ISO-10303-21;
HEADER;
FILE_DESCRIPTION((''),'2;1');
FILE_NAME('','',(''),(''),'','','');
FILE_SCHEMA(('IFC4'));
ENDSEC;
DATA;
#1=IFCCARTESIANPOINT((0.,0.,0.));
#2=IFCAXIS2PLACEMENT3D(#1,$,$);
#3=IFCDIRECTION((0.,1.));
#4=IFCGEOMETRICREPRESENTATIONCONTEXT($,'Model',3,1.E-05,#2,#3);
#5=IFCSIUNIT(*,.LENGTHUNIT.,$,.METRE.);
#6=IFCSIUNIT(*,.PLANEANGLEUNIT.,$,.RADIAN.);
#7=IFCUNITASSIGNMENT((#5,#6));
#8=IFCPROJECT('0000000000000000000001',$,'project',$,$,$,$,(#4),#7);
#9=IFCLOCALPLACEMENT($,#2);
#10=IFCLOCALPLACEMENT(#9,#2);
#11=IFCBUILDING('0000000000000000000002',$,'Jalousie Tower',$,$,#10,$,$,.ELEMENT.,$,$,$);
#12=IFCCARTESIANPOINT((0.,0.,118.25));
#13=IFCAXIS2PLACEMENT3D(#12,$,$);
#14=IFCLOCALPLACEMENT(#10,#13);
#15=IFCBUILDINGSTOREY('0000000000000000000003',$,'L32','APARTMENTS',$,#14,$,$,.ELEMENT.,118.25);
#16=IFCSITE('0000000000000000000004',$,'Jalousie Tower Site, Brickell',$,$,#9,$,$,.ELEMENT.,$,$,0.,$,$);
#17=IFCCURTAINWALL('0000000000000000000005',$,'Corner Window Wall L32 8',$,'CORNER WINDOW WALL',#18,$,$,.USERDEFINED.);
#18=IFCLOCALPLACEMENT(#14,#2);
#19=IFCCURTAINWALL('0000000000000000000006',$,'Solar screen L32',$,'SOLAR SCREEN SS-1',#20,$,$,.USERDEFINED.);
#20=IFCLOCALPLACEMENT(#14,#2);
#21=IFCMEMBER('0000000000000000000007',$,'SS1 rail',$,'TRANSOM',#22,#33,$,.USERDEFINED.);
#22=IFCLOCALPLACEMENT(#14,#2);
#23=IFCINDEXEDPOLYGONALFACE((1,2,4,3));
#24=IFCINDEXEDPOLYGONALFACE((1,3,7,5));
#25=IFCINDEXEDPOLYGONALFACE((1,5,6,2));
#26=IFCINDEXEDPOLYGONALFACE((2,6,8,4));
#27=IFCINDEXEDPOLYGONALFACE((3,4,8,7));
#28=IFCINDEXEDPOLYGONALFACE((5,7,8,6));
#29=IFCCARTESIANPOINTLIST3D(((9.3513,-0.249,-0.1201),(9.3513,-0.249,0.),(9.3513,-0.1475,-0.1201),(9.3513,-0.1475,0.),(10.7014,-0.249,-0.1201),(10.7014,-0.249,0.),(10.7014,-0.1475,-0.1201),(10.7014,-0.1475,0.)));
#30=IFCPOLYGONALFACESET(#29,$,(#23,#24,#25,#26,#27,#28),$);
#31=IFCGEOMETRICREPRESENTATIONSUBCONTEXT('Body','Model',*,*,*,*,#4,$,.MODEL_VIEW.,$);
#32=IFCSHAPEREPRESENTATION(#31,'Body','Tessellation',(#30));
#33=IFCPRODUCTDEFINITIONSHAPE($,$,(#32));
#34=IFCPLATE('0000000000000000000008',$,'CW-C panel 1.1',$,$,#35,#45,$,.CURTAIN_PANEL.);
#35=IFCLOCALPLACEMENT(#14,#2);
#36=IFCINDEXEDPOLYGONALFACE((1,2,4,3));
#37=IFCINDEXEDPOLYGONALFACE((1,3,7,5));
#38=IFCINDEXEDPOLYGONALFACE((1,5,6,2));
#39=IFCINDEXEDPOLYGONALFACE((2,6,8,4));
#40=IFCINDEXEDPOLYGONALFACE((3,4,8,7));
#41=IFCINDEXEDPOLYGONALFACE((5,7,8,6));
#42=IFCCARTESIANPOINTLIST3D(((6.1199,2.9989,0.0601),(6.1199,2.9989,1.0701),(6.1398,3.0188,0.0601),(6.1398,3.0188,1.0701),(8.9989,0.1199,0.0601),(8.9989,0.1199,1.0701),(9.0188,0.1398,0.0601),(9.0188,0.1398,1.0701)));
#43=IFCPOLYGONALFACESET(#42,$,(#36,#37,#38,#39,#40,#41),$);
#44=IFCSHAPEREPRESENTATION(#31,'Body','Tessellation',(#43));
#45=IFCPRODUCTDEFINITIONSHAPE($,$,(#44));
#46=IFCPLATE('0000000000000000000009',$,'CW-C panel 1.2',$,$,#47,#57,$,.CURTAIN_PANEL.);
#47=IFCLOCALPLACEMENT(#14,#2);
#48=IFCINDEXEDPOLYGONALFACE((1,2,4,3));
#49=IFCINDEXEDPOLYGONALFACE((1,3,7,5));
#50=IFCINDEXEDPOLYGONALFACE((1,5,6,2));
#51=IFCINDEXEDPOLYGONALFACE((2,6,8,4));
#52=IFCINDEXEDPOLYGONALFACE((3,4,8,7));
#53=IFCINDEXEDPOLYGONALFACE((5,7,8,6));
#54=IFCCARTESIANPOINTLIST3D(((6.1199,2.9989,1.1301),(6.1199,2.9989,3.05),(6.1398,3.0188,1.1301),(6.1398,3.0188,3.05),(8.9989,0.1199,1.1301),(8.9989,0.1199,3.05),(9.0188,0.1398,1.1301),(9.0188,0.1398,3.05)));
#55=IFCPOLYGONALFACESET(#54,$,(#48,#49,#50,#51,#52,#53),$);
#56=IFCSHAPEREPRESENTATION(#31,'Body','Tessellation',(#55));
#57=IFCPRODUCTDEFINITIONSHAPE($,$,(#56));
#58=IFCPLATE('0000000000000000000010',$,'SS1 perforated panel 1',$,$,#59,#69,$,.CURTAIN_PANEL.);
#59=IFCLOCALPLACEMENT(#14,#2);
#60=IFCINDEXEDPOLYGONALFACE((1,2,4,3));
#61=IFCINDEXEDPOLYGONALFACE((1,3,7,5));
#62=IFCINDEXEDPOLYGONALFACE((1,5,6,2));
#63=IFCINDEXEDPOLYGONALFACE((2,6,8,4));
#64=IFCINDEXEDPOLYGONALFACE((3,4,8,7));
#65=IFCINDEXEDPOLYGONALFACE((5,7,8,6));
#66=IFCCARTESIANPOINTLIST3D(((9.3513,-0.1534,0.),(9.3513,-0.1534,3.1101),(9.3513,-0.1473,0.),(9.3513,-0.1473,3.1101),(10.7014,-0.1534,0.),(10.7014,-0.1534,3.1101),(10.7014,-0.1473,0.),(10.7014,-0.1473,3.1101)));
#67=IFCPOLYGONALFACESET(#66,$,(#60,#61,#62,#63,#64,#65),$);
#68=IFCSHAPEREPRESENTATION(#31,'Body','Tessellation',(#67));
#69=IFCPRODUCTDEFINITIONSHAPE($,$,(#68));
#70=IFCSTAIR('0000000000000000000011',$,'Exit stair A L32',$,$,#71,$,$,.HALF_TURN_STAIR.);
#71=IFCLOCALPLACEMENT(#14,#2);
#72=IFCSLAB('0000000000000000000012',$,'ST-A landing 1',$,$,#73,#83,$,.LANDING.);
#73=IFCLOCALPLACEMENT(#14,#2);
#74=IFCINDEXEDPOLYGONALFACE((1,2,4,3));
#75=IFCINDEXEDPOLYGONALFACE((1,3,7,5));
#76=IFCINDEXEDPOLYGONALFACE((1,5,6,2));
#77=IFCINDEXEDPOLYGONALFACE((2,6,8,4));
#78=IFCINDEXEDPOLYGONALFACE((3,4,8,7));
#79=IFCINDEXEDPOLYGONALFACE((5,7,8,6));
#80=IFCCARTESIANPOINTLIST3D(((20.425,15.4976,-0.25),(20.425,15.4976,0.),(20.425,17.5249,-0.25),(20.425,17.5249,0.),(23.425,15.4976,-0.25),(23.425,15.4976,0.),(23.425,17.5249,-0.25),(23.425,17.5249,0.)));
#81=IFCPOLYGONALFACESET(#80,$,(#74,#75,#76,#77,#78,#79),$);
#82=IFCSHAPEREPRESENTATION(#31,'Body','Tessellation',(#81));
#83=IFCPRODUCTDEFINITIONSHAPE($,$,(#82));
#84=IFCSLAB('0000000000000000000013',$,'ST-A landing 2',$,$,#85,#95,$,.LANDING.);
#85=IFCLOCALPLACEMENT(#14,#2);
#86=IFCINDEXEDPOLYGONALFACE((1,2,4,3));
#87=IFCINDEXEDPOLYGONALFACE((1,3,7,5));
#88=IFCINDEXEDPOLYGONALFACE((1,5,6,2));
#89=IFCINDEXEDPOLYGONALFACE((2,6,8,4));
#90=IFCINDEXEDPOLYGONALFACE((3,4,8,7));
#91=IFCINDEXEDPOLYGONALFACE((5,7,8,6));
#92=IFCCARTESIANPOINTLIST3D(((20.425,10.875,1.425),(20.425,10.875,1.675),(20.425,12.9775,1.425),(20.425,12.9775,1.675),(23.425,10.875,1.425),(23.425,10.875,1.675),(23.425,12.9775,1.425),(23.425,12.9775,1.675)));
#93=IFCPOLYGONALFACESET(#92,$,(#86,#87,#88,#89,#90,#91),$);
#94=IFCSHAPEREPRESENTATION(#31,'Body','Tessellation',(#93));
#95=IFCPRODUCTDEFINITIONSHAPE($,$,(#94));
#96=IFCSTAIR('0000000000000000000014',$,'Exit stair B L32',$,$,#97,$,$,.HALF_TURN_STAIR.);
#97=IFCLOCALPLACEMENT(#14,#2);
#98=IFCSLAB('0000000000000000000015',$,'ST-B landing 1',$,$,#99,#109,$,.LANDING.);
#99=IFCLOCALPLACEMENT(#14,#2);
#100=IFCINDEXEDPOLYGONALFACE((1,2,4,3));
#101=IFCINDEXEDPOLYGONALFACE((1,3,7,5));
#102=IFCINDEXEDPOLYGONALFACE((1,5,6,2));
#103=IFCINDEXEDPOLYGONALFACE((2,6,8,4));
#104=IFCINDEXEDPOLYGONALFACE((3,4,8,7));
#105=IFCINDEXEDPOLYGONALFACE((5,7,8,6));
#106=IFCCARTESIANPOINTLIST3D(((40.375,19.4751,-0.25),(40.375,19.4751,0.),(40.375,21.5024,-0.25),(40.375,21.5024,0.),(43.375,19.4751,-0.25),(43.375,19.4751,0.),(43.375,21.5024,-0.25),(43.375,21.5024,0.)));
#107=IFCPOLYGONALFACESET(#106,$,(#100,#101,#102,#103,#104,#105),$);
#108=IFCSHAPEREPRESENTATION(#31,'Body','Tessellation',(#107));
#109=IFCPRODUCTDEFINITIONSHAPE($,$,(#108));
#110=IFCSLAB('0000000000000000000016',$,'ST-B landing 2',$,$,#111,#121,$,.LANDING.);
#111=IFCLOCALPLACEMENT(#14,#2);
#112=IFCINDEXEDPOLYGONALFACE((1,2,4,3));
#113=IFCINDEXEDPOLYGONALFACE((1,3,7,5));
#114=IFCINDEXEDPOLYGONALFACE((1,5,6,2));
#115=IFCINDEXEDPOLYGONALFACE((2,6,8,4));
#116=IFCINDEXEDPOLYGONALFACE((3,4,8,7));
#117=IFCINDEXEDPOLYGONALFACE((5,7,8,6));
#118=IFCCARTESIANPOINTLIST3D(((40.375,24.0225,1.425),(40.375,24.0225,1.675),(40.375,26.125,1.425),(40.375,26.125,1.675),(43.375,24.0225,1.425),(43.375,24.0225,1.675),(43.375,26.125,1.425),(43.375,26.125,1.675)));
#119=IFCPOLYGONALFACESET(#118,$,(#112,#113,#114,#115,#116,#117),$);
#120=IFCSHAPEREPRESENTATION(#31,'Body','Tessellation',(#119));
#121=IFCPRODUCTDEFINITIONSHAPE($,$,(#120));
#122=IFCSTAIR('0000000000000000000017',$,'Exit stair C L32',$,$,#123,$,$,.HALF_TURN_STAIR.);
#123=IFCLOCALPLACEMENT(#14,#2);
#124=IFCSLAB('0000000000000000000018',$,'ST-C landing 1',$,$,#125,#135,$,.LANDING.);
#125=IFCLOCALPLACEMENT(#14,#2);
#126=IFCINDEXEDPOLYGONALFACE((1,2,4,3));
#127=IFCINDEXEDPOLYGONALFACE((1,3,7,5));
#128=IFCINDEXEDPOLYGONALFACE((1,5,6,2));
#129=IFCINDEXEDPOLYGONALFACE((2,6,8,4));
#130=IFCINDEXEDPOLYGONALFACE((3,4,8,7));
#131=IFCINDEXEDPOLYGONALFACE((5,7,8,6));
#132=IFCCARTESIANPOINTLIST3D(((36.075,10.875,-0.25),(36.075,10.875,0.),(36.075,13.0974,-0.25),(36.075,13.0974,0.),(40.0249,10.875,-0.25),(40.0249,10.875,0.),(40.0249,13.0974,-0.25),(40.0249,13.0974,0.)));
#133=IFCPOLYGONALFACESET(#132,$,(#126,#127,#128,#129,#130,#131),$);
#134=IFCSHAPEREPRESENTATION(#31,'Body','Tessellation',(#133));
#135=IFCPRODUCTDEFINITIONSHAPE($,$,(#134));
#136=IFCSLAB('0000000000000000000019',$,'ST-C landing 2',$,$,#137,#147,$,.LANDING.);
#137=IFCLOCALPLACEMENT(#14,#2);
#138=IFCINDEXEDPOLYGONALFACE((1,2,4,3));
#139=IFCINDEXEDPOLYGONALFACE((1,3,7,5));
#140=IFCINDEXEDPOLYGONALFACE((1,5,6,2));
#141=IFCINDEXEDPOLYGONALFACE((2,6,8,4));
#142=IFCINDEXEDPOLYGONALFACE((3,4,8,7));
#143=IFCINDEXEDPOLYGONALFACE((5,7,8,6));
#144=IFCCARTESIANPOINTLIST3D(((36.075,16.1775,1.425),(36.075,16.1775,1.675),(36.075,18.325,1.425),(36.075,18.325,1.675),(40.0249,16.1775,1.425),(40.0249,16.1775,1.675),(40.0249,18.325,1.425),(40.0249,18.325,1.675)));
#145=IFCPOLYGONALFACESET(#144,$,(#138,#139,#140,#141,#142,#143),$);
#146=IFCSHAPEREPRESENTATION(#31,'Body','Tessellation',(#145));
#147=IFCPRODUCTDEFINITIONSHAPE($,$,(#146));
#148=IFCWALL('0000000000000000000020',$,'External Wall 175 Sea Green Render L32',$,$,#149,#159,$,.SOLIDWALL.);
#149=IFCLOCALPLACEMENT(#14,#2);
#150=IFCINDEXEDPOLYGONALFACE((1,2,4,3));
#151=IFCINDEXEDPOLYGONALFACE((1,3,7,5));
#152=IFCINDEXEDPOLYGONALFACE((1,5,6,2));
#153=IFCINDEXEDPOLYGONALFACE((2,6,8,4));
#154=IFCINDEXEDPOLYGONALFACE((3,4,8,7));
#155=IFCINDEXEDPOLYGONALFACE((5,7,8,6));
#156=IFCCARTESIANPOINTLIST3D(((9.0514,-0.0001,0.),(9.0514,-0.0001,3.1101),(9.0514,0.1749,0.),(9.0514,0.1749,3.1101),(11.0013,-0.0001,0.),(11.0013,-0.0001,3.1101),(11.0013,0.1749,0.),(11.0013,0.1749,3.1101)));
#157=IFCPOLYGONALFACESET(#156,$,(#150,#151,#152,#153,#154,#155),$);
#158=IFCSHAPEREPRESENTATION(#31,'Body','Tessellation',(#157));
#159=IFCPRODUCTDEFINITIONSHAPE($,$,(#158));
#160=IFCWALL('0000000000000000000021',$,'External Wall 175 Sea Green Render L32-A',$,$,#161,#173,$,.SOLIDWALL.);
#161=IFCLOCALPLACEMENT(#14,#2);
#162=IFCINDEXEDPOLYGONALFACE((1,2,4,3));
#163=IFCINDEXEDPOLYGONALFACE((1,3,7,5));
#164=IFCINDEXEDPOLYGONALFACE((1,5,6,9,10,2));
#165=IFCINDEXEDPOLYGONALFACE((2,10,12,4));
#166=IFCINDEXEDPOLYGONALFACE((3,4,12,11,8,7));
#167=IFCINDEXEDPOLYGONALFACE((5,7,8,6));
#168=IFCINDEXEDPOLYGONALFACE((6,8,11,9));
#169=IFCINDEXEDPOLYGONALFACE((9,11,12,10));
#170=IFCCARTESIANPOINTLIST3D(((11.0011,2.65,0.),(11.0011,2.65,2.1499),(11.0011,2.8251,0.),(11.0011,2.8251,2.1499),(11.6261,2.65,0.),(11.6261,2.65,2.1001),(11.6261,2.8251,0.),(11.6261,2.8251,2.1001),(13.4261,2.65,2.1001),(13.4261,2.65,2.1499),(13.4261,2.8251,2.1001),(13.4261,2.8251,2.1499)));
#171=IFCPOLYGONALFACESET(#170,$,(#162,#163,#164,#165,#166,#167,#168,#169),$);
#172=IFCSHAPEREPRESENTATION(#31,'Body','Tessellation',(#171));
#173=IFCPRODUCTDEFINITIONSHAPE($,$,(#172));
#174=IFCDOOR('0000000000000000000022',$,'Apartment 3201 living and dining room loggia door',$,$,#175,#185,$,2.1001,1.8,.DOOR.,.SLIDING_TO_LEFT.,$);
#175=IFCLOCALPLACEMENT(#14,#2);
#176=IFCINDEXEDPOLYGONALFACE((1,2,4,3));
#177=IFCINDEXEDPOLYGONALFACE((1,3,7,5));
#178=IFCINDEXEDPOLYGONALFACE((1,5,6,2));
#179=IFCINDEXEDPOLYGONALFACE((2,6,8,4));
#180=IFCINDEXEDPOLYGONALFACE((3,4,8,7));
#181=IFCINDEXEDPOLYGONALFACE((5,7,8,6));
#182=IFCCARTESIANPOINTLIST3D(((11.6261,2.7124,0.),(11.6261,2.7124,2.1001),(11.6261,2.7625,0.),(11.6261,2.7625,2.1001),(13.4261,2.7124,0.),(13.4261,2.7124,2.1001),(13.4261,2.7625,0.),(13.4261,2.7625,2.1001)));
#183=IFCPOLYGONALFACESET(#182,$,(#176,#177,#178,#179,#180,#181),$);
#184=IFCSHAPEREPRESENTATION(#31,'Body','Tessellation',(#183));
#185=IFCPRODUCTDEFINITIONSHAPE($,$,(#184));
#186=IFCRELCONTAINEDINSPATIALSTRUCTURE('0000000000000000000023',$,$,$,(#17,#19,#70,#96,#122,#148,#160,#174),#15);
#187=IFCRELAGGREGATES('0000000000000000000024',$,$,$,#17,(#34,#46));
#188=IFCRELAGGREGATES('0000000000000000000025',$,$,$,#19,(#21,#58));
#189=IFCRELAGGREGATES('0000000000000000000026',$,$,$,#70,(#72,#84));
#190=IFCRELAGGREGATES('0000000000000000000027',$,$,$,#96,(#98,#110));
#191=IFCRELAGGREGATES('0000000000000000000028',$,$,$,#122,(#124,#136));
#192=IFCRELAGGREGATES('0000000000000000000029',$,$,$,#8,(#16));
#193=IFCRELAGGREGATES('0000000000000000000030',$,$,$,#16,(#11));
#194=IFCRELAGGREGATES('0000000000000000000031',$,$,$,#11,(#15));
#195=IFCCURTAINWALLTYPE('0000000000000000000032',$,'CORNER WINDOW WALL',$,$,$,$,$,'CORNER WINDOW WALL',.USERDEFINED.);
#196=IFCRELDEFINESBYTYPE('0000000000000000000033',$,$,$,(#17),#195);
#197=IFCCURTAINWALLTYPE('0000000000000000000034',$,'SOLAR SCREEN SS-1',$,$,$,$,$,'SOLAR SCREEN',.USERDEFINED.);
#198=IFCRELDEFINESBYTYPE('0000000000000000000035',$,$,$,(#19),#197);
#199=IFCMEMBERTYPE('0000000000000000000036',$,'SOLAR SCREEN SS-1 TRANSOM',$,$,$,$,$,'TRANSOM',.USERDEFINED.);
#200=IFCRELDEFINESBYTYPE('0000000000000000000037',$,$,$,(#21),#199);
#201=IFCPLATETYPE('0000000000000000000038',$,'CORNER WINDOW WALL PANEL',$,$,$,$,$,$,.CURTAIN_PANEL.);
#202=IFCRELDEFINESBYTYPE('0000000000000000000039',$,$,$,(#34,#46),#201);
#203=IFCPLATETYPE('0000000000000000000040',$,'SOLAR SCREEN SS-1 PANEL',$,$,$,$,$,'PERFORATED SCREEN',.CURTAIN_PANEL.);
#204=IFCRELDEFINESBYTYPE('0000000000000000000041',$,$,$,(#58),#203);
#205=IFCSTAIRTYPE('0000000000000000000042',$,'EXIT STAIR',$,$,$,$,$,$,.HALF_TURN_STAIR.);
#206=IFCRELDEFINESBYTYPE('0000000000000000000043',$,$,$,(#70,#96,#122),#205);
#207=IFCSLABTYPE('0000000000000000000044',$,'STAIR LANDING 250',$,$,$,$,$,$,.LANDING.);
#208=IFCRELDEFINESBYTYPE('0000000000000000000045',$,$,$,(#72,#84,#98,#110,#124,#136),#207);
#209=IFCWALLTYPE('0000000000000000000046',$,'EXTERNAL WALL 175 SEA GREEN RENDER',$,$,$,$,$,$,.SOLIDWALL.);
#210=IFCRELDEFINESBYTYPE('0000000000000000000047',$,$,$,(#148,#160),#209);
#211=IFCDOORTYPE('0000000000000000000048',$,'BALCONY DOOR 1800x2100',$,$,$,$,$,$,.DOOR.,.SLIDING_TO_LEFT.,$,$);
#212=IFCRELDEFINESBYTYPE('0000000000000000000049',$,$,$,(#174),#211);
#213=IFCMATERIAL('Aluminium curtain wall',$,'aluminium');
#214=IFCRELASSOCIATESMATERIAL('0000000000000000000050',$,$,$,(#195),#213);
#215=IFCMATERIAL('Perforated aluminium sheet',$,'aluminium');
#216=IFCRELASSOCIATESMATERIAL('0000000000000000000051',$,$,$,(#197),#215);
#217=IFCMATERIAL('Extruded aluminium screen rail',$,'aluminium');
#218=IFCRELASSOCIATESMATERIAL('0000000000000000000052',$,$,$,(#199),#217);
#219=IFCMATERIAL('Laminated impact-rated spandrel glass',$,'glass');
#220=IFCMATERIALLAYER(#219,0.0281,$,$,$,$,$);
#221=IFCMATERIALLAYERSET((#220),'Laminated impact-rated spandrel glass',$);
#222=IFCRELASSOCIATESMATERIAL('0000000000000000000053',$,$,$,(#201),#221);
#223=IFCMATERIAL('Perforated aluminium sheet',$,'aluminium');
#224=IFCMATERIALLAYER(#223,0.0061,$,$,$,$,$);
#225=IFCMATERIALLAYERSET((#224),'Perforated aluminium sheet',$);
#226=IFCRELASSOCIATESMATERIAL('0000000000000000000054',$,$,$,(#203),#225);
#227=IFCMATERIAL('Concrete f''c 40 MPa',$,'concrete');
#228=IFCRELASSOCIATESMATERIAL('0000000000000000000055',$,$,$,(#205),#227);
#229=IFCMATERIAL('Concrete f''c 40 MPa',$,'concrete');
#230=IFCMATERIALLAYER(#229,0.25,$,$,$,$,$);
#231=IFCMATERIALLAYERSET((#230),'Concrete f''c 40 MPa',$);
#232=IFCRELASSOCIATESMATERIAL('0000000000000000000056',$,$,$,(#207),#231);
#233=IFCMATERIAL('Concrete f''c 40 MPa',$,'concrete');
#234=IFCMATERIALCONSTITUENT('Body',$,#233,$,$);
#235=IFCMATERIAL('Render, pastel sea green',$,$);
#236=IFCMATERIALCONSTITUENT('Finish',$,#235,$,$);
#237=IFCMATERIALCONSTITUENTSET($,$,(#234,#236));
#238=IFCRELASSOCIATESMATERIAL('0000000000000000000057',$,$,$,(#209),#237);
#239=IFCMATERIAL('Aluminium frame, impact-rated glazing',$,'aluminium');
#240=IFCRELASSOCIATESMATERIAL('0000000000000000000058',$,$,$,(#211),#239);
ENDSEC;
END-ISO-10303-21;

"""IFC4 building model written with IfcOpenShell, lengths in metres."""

from ifc_helpers import new_model, si_unit, direction, frame, frame_2d, origin, origin_2d, place, context, subcontext, project, spatial, polyline, rectangle, outline, extrude, material, layer, layer_set, constituent, constituent_set, material_profile, profile_set, type_object, element, fill, aggregate, save


model = new_model("IFC4")

# Units and contexts
model_context = context("Model", 3, precision=1e-05, world=origin(), true_north=direction((0.0, 1.0)))
body_context = subcontext(model_context, "Body", "Model", "MODEL_VIEW")
ifc_project = project(units=[si_unit("LENGTHUNIT", "METRE"), si_unit("PLANEANGLEUNIT", "RADIAN")], contexts=[model_context])

# Site, building, storey
site_placement = place(None, origin())
site = spatial("IfcSite", under=ifc_project, at=site_placement, Name="Jalousie Tower Site, Brickell", CompositionType="ELEMENT", RefElevation=0.0)
building_placement = place(site_placement, origin())
building = spatial("IfcBuilding", under=site, at=building_placement, Name="Jalousie Tower", CompositionType="ELEMENT")
storey_placement = place(building_placement, frame((0.0, 0.0, 118.25)))
storey = spatial("IfcBuildingStorey", under=building, at=storey_placement, Name="L32", Description="APARTMENTS", CompositionType="ELEMENT", Elevation=118.25)

# Curtain wall
ifc_material_1 = material(Name="Aluminium curtain wall", Category="aluminium")
curtain_wall_type_1 = type_object("IfcCurtainWallType", Name="CORNER WINDOW WALL", ElementType="CORNER WINDOW WALL", PredefinedType="USERDEFINED", material=ifc_material_1)
curtain_wall_1_placement = place(storey_placement, origin())
curtain_wall_1 = element("IfcCurtainWall", 1, at=curtain_wall_1_placement, inside=storey, type_object=curtain_wall_type_1, Name="Corner Window Wall L32 8", ObjectType="CORNER WINDOW WALL", PredefinedType="USERDEFINED")

# Curtain wall, member
ifc_material_2 = material(Name="Perforated aluminium sheet", Category="aluminium")
curtain_wall_type_2 = type_object("IfcCurtainWallType", Name="SOLAR SCREEN SS-1", ElementType="SOLAR SCREEN", PredefinedType="USERDEFINED", material=ifc_material_2)
curtain_wall_2_placement = place(storey_placement, origin())
curtain_wall_2 = element("IfcCurtainWall", 2, at=curtain_wall_2_placement, inside=storey, type_object=curtain_wall_type_2, Name="Solar screen L32", ObjectType="SOLAR SCREEN SS-1", PredefinedType="USERDEFINED")
ifc_material_3 = material(Name="Extruded aluminium screen rail", Category="aluminium")
ifc_material_profile_1 = material_profile(ifc_material_3, rectangle(XDim=0.1016, YDim=0.1201, at=origin_2d()), Name="RAIL 102x120")
ifc_profile_set_1 = profile_set([ifc_material_profile_1], Name="Extruded aluminium screen rail")
member_type_1 = type_object("IfcMemberType", Name="SOLAR SCREEN SS-1 TRANSOM", ElementType="TRANSOM", PredefinedType="USERDEFINED", material=ifc_profile_set_1)
member_1_placement = place(storey_placement, frame((9.3513, -0.1982, -0.0601), z_axis=(1.0, 0.0, 0.0), x_axis=(0.0, 1.0, 0.0)))
member_1 = element("IfcMember", 3, at=member_1_placement, type_object=member_type_1, Name="SS1 rail", ObjectType="TRANSOM", PredefinedType="USERDEFINED", context=body_context, shape_type="SweptSolid", body=[
    extrude(rectangle(XDim=0.1016, YDim=0.1201, at=origin_2d()), origin(), (0.0, 0.0, 1.0), 1.3501),
])

# Plates
ifc_material_4 = material(Name="Laminated impact-rated spandrel glass", Category="glass")
ifc_layer_1 = layer(ifc_material_4, 0.0281)
ifc_layer_set_1 = layer_set([ifc_layer_1], Name="Laminated impact-rated spandrel glass")
plate_type_1 = type_object("IfcPlateType", Name="CORNER WINDOW WALL PANEL", PredefinedType="CURTAIN_PANEL", material=ifc_layer_set_1)
plate_1_placement = place(storey_placement, frame((7.5693, 1.5693, 0.0601), z_axis=(0.0, 0.0, 1.0), x_axis=(0.707107, -0.707107, 0.0)))
plate_1 = element("IfcPlate", 4, at=plate_1_placement, type_object=plate_type_1, Name="CW-C panel 1.1", PredefinedType="CURTAIN_PANEL", context=body_context, shape_type="SweptSolid", body=[
    extrude(rectangle(XDim=4.0715, YDim=0.0281, at=origin_2d()), origin(), (0.0, 0.0, 1.0), 1.01),
])
plate_2_placement = place(storey_placement, frame((7.5693, 1.5693, 1.1301), z_axis=(0.0, 0.0, 1.0), x_axis=(0.707107, -0.707107, 0.0)))
plate_2 = element("IfcPlate", 5, at=plate_2_placement, type_object=plate_type_1, Name="CW-C panel 1.2", PredefinedType="CURTAIN_PANEL", context=body_context, shape_type="SweptSolid", body=[
    extrude(rectangle(XDim=4.0715, YDim=0.0281, at=origin_2d()), origin(), (0.0, 0.0, 1.0), 1.9199),
])
aggregate(curtain_wall_1, [plate_1, plate_2])

# Plate
ifc_material_5 = material(Name="Perforated aluminium sheet", Category="aluminium")
ifc_layer_2 = layer(ifc_material_5, 0.0061)
ifc_layer_set_2 = layer_set([ifc_layer_2], Name="Perforated aluminium sheet")
plate_type_2 = type_object("IfcPlateType", Name="SOLAR SCREEN SS-1 PANEL", ElementType="PERFORATED SCREEN", PredefinedType="CURTAIN_PANEL", material=ifc_layer_set_2)
plate_3_placement = place(storey_placement, frame((10.0264, -0.1504, 0.0), z_axis=(0.0, 0.0, 1.0), x_axis=(1.0, 0.0, 0.0)))
plate_3 = element("IfcPlate", 6, at=plate_3_placement, type_object=plate_type_2, Name="SS1 perforated panel 1", PredefinedType="CURTAIN_PANEL", context=body_context, shape_type="SweptSolid", body=[
    extrude(rectangle(XDim=1.3501, YDim=0.0061, at=origin_2d()), origin(), (0.0, 0.0, 1.0), 3.1101),
])
aggregate(curtain_wall_2, [member_1, plate_3])

# Stairs, slabs
ifc_material_6 = material(Name="Concrete f'c 40 MPa", Category="concrete")
stair_type = type_object("IfcStairType", Name="EXIT STAIR", PredefinedType="HALF_TURN_STAIR", material=ifc_material_6)
stair_1_placement = place(storey_placement, origin())
stair_1 = element("IfcStair", 7, at=stair_1_placement, inside=storey, type_object=stair_type, Name="Exit stair A L32", PredefinedType="HALF_TURN_STAIR")
ifc_material_7 = material(Name="Concrete f'c 40 MPa", Category="concrete")
ifc_layer_3 = layer(ifc_material_7, 0.25)
ifc_layer_set_3 = layer_set([ifc_layer_3], Name="Concrete f'c 40 MPa")
slab_type_1 = type_object("IfcSlabType", Name="STAIR LANDING 250", PredefinedType="LANDING", material=ifc_layer_set_3)
slab_1_placement = place(storey_placement, frame((0.0, 0.0, -0.25)))
slab_1 = element("IfcSlab", 8, at=slab_1_placement, type_object=slab_type_1, Name="ST-A landing 1", PredefinedType="LANDING", context=body_context, shape_type="SweptSolid", body=[
    extrude(outline(polyline([(20.425, 15.4976), (23.425, 15.4976), (23.425, 17.5249), (20.425, 17.5249), (20.425, 15.4976)])), origin(), (0.0, 0.0, 1.0), 0.25),
])
slab_2_placement = place(storey_placement, frame((0.0, 0.0, 1.425)))
slab_2 = element("IfcSlab", 9, at=slab_2_placement, type_object=slab_type_1, Name="ST-A landing 2", PredefinedType="LANDING", context=body_context, shape_type="SweptSolid", body=[
    extrude(outline(polyline([(20.425, 10.875), (23.425, 10.875), (23.425, 12.9775), (20.425, 12.9775), (20.425, 10.875)])), origin(), (0.0, 0.0, 1.0), 0.25),
])
aggregate(stair_1, [slab_1, slab_2])
stair_2_placement = place(storey_placement, origin())
stair_2 = element("IfcStair", 10, at=stair_2_placement, inside=storey, type_object=stair_type, Name="Exit stair B L32", PredefinedType="HALF_TURN_STAIR")
slab_3_placement = place(storey_placement, frame((0.0, 0.0, -0.25)))
slab_3 = element("IfcSlab", 11, at=slab_3_placement, type_object=slab_type_1, Name="ST-B landing 1", PredefinedType="LANDING", context=body_context, shape_type="SweptSolid", body=[
    extrude(outline(polyline([(40.375, 19.4751), (43.375, 19.4751), (43.375, 21.5024), (40.375, 21.5024), (40.375, 19.4751)])), origin(), (0.0, 0.0, 1.0), 0.25),
])
slab_4_placement = place(storey_placement, frame((0.0, 0.0, 1.425)))
slab_4 = element("IfcSlab", 12, at=slab_4_placement, type_object=slab_type_1, Name="ST-B landing 2", PredefinedType="LANDING", context=body_context, shape_type="SweptSolid", body=[
    extrude(outline(polyline([(40.375, 24.0225), (43.375, 24.0225), (43.375, 26.125), (40.375, 26.125), (40.375, 24.0225)])), origin(), (0.0, 0.0, 1.0), 0.25),
])
aggregate(stair_2, [slab_3, slab_4])
stair_3_placement = place(storey_placement, origin())
stair_3 = element("IfcStair", 13, at=stair_3_placement, inside=storey, type_object=stair_type, Name="Exit stair C L32", PredefinedType="HALF_TURN_STAIR")
slab_5_placement = place(storey_placement, frame((0.0, 0.0, -0.25)))
slab_5 = element("IfcSlab", 14, at=slab_5_placement, type_object=slab_type_1, Name="ST-C landing 1", PredefinedType="LANDING", context=body_context, shape_type="SweptSolid", body=[
    extrude(outline(polyline([(36.075, 10.875), (40.0249, 10.875), (40.0249, 13.0974), (36.075, 13.0974), (36.075, 10.875)])), origin(), (0.0, 0.0, 1.0), 0.25),
])
slab_6_placement = place(storey_placement, frame((0.0, 0.0, 1.425)))
slab_6 = element("IfcSlab", 15, at=slab_6_placement, type_object=slab_type_1, Name="ST-C landing 2", PredefinedType="LANDING", context=body_context, shape_type="SweptSolid", body=[
    extrude(outline(polyline([(36.075, 16.1775), (40.0249, 16.1775), (40.0249, 18.325), (36.075, 18.325), (36.075, 16.1775)])), origin(), (0.0, 0.0, 1.0), 0.25),
])
aggregate(stair_3, [slab_5, slab_6])

# Wall
ifc_material_8 = material(Name="Concrete f'c 40 MPa", Category="concrete")
ifc_constituent_1 = constituent(ifc_material_8, Name="Body")
ifc_material_9 = material(Name="Render, pastel sea green")
ifc_constituent_2 = constituent(ifc_material_9, Name="Finish")
ifc_constituent_set = constituent_set(constituents=[ifc_constituent_1, ifc_constituent_2])
wall_type = type_object("IfcWallType", Name="EXTERNAL WALL 175 SEA GREEN RENDER", PredefinedType="SOLIDWALL", material=ifc_constituent_set)
wall_1_placement = place(storey_placement, frame((9.0513, 0.0874, 0.0), z_axis=(0.0, 0.0, 1.0), x_axis=(1.0, 0.0, 0.0)))
element("IfcWall", 16, at=wall_1_placement, inside=storey, type_object=wall_type, Name="External Wall 175 Sea Green Render L32", PredefinedType="SOLIDWALL", context=body_context, shape_type="SweptSolid", body=[
    extrude(rectangle(XDim=1.95, YDim=0.175, at=frame_2d((0.9751, 0.0))), origin(), (0.0, 0.0, 1.0), 3.1101),
])

# Wall, opening, door
wall_2_placement = place(storey_placement, frame((11.0012, 2.7375, 0.0), z_axis=(0.0, 0.0, 1.0), x_axis=(1.0, 0.0, 0.0)))
wall_2 = element("IfcWall", 17, at=wall_2_placement, inside=storey, type_object=wall_type, Name="External Wall 175 Sea Green Render L32-A", PredefinedType="SOLIDWALL", context=body_context, shape_type="SweptSolid", body=[
    extrude(rectangle(XDim=2.425, YDim=0.175, at=frame_2d((1.2124, 0.0))), origin(), (0.0, 0.0, 1.0), 2.1499),
])
opening_placement = place(wall_2_placement, frame((0.625, 0.0, 0.0)))
opening = element("IfcOpeningElement", 18, at=opening_placement, cuts=wall_2, PredefinedType="OPENING", context=body_context, shape_type="SweptSolid", body=[
    extrude(rectangle(XDim=1.8, YDim=2.1001, at=frame_2d((0.8999, 1.05))), frame((0.0, 0.0974, 0.0), z_axis=(0.0, -1.0, 0.0), x_axis=(1.0, 0.0, 0.0)), (0.0, 0.0, 1.0), 0.1951),
])
ifc_material_10 = material(Name="Aluminium frame, impact-rated glazing", Category="aluminium")
door_type = type_object("IfcDoorType", Name="BALCONY DOOR 1800x2100", OperationType="SLIDING_TO_LEFT", PredefinedType="DOOR", material=ifc_material_10)
door_placement = place(opening_placement, origin())
door = element("IfcDoor", 19, at=door_placement, inside=storey, type_object=door_type, Name="Apartment 3201 living and dining room loggia door", OperationType="SLIDING_TO_LEFT", OverallHeight=2.1001, OverallWidth=1.8, PredefinedType="DOOR", context=body_context, shape_type="SweptSolid", body=[
    extrude(rectangle(XDim=1.8, YDim=2.1001, at=frame_2d((0.8999, 1.05))), frame((0.0, 0.0249, 0.0), z_axis=(0.0, -1.0, 0.0), x_axis=(1.0, 0.0, 0.0)), (0.0, 0.0, 1.0), 0.05),
])
fill(opening, door)

save(model, "model.ifc")
